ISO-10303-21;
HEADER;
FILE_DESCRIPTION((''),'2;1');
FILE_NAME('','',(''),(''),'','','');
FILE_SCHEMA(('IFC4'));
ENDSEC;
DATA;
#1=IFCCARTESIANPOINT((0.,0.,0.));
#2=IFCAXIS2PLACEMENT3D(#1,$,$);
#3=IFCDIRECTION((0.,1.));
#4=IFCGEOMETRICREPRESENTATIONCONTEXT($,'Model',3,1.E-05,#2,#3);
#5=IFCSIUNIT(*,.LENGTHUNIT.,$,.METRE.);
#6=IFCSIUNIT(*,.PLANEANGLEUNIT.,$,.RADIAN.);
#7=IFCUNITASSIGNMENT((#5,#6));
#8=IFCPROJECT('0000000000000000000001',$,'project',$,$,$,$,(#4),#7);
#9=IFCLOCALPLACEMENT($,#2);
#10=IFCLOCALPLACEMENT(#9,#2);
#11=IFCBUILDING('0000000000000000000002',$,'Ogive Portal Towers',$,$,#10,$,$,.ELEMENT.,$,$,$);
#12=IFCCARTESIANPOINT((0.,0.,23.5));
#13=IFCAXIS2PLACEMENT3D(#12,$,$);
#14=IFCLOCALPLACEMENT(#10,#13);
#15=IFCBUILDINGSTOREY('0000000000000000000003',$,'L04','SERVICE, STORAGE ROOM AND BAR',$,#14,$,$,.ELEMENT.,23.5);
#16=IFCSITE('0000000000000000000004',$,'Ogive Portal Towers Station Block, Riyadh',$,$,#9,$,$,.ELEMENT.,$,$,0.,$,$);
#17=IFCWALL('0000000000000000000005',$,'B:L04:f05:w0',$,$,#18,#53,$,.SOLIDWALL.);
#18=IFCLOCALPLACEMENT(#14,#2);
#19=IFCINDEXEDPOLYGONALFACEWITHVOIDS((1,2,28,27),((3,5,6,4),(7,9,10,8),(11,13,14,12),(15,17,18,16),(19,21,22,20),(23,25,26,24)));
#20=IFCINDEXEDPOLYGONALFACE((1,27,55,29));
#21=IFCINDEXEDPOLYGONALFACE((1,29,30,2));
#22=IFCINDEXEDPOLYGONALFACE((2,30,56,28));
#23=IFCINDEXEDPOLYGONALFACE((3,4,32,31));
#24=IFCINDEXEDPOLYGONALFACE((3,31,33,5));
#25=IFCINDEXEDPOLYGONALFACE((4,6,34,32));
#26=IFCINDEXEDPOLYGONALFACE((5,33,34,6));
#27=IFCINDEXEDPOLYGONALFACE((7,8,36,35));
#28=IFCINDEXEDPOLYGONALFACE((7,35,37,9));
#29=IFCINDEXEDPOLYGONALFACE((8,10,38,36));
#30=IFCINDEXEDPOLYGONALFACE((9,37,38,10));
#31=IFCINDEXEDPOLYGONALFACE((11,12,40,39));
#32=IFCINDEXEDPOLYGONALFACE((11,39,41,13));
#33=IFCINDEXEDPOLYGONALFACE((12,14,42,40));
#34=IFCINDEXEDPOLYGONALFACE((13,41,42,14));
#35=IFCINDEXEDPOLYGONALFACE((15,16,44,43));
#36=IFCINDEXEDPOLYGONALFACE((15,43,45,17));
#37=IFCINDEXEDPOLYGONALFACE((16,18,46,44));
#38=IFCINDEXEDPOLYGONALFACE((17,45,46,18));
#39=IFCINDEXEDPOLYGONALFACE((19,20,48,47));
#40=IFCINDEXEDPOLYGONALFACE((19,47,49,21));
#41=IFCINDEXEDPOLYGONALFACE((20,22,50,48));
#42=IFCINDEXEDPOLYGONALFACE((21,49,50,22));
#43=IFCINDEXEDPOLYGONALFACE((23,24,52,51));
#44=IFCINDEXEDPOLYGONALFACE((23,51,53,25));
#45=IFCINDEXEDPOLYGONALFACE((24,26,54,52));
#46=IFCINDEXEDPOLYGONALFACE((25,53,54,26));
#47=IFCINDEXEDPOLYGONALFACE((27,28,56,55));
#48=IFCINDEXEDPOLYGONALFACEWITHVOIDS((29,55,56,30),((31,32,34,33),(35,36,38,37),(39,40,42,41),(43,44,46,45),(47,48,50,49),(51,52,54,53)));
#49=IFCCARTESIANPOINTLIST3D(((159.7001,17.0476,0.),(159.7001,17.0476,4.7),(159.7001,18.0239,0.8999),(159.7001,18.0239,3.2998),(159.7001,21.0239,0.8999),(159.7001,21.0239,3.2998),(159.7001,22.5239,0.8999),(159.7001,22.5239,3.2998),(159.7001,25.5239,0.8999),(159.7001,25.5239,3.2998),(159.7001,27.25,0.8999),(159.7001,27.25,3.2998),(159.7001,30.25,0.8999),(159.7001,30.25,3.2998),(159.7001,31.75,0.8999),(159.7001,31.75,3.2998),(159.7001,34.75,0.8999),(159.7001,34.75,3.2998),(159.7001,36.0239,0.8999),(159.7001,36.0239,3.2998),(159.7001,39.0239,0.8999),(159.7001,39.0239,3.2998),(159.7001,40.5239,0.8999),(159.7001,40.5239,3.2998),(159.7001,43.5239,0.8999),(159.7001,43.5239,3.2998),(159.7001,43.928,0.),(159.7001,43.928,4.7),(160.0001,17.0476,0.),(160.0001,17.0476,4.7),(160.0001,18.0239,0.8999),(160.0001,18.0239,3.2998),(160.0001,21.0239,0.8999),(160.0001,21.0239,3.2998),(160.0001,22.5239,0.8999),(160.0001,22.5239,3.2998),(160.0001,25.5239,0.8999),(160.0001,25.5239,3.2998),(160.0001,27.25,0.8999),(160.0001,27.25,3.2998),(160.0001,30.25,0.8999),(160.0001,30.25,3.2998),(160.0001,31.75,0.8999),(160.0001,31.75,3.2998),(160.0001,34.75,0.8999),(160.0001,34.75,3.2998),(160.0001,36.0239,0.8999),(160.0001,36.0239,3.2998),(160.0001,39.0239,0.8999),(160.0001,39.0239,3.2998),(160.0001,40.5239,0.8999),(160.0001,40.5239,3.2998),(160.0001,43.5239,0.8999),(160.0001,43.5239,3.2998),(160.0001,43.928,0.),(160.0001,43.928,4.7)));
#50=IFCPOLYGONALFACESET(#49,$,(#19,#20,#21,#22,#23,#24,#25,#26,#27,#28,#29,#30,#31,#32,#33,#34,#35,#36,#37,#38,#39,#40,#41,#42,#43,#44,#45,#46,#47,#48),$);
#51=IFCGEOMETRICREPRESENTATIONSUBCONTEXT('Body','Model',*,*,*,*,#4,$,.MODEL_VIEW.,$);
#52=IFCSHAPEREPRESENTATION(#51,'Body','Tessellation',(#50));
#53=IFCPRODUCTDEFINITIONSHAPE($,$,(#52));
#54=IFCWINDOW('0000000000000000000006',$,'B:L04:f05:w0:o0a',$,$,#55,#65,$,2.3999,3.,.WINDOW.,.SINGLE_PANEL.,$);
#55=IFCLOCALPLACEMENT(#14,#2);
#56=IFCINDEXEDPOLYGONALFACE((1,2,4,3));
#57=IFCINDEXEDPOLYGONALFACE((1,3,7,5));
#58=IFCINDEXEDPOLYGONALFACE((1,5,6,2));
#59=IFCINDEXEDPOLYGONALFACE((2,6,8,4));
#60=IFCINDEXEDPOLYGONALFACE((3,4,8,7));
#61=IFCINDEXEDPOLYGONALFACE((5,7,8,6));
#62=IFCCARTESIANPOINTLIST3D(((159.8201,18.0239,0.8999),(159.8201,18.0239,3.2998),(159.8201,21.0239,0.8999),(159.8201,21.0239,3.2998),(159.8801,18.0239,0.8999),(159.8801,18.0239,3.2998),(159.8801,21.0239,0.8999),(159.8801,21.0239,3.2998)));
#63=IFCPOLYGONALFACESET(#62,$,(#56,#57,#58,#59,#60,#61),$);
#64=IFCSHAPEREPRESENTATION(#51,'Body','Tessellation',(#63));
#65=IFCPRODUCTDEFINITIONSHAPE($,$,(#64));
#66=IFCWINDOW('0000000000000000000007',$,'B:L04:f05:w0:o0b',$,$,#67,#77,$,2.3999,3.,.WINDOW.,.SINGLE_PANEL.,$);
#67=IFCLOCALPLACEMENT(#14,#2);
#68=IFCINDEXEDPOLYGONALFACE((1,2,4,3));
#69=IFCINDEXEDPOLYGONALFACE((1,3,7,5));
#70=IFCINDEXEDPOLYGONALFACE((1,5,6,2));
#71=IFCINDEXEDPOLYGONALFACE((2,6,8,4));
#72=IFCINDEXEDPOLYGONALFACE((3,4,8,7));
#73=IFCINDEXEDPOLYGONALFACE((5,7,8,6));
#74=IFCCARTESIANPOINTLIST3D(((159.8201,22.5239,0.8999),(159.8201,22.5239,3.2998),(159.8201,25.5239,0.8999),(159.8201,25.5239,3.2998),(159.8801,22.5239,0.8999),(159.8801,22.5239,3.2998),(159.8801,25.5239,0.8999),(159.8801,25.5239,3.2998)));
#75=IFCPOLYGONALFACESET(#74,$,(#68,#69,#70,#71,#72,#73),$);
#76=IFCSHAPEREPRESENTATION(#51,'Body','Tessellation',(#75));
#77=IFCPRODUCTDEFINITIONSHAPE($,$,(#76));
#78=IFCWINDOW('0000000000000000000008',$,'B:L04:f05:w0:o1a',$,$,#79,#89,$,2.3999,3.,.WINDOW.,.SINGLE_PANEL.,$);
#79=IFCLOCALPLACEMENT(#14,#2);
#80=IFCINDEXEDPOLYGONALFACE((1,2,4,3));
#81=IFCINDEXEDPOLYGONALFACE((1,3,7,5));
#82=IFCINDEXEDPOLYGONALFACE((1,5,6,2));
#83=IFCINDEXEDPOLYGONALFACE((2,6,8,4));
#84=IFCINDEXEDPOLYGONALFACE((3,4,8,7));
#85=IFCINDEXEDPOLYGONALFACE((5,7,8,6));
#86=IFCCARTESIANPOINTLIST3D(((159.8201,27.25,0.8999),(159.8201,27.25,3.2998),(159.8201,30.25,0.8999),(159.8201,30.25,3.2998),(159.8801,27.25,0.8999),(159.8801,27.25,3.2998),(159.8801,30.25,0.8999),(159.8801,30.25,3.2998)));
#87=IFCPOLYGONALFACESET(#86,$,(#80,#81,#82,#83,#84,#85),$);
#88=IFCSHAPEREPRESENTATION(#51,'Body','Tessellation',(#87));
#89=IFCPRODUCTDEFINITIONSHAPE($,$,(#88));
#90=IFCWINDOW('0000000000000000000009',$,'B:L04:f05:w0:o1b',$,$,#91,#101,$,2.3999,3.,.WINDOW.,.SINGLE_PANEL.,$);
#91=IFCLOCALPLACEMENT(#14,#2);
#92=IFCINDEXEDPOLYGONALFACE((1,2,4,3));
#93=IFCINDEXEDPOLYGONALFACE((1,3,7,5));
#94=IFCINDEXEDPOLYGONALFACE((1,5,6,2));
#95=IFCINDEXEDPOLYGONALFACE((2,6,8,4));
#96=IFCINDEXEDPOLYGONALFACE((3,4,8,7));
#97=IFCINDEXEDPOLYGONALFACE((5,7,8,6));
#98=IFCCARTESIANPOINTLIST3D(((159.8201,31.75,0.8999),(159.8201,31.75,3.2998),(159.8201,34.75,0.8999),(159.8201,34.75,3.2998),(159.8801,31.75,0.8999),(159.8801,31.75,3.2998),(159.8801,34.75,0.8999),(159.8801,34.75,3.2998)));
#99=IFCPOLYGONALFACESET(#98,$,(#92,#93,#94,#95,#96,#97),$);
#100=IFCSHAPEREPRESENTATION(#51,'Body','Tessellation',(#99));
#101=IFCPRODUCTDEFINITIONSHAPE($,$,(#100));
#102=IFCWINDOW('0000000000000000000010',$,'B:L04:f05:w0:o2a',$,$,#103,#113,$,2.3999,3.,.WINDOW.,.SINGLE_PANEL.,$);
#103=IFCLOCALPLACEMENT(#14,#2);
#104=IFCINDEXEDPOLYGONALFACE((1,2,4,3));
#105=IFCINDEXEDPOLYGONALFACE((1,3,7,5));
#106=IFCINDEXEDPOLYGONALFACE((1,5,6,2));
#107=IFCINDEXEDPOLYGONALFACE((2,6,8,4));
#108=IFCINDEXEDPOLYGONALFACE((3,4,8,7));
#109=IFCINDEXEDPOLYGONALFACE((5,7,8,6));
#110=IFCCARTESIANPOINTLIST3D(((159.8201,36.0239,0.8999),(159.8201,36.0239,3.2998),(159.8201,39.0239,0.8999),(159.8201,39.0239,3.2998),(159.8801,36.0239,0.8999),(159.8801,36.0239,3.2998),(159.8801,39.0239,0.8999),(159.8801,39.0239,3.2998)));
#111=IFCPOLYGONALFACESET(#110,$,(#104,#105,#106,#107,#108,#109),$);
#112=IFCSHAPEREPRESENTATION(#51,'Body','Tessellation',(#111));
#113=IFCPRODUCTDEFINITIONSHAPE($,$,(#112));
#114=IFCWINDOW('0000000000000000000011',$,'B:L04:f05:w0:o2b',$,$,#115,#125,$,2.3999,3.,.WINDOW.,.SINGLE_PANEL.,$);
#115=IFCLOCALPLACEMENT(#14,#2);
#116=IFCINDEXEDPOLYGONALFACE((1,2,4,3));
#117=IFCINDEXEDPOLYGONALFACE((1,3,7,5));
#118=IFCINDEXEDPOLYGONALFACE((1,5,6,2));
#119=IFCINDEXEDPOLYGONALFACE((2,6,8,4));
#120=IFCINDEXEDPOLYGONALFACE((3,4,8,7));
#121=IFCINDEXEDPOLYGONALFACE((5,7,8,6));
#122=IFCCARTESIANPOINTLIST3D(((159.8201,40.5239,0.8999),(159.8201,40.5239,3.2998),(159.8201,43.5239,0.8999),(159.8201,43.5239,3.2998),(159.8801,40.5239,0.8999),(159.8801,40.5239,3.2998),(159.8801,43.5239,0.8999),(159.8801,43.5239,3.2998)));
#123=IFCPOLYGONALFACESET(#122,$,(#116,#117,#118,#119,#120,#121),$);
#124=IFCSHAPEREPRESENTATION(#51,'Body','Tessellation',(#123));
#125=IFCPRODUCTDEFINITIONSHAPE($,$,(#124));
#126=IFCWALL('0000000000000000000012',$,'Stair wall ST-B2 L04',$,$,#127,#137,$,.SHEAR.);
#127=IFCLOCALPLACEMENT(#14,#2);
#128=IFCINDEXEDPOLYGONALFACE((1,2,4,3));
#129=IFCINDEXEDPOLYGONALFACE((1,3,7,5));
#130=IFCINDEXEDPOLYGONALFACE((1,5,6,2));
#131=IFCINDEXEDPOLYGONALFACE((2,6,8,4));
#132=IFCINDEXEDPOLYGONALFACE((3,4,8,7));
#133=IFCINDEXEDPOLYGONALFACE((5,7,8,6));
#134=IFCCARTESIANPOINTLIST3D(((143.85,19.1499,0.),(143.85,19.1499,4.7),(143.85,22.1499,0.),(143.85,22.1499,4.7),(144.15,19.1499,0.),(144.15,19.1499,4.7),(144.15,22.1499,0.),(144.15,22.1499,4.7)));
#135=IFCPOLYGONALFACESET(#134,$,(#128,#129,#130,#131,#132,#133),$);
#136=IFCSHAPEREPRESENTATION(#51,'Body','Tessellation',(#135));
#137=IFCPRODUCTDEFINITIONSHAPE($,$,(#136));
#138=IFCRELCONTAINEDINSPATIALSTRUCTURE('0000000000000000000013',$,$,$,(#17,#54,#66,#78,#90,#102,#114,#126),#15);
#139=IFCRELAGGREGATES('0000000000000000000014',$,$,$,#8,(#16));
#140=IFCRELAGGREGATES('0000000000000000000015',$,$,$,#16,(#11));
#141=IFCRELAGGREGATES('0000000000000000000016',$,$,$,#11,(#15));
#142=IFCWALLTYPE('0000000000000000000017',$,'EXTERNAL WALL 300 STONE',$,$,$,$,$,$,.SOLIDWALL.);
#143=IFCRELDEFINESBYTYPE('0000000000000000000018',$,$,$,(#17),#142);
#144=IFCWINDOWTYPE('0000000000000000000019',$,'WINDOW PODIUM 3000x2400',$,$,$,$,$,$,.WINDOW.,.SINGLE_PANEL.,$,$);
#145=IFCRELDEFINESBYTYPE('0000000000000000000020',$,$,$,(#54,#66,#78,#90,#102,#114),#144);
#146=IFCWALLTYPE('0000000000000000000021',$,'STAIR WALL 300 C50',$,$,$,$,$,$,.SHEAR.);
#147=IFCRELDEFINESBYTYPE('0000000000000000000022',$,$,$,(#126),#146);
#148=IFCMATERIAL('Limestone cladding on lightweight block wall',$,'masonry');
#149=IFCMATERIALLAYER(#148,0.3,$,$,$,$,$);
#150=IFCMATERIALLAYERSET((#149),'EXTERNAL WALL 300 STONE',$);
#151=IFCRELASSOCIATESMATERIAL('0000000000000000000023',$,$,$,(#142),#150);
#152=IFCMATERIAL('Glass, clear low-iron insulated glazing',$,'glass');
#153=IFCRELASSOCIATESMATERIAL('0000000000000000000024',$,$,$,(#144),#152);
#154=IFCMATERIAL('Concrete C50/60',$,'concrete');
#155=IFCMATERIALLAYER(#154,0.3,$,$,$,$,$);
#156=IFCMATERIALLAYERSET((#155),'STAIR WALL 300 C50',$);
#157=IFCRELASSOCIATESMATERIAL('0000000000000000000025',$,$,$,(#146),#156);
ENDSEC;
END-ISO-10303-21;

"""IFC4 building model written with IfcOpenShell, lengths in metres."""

from ifc_helpers import new_model, si_unit, direction, frame, frame_2d, origin, place, context, subcontext, project, spatial, rectangle, extrude, material, layer, layer_set, type_object, element, fill, save


model = new_model("IFC4")

# Units and contexts
model_context = context("Model", 3, precision=1e-05, world=origin(), true_north=direction((0.0, 1.0)))
body_context = subcontext(model_context, "Body", "Model", "MODEL_VIEW")
ifc_project = project(units=[si_unit("LENGTHUNIT", "METRE"), si_unit("PLANEANGLEUNIT", "RADIAN")], contexts=[model_context])

# Site, building, storey
site_placement = place(None, origin())
site = spatial("IfcSite", under=ifc_project, at=site_placement, Name="Ogive Portal Towers Station Block, Riyadh", CompositionType="ELEMENT", RefElevation=0.0)
building_placement = place(site_placement, origin())
building = spatial("IfcBuilding", under=site, at=building_placement, Name="Ogive Portal Towers", CompositionType="ELEMENT")
storey_placement = place(building_placement, frame((0.0, 0.0, 23.5)))
storey = spatial("IfcBuildingStorey", under=building, at=storey_placement, Name="L04", Description="SERVICE, STORAGE ROOM AND BAR", CompositionType="ELEMENT", Elevation=23.5)

# Shared definitions
ifc_material_1 = material(Name="Concrete C50/60", Category="concrete")

# Shared definitions
ifc_material_2 = material(Name="Limestone cladding on lightweight block wall", Category="masonry")
ifc_layer_1 = layer(ifc_material_2, 0.3)
ifc_layer_set_1 = layer_set([ifc_layer_1], Name="EXTERNAL WALL 300 STONE")
wall_type_1 = type_object("IfcWallType", Name="EXTERNAL WALL 300 STONE", PredefinedType="SOLIDWALL", material=ifc_layer_set_1)
ifc_material_3 = material(Name="Glass, clear low-iron insulated glazing", Category="glass")
window_type = type_object("IfcWindowType", Name="WINDOW PODIUM 3000x2400", PartitioningType="SINGLE_PANEL", PredefinedType="WINDOW", material=ifc_material_3)

# Wall, openings, windows
wall_1_placement = place(storey_placement, frame((159.8501, 17.0476, 0.0), z_axis=(0.0, 0.0, 1.0), x_axis=(0.0, 1.0, 0.0)))
wall_1 = element("IfcWall", 1, at=wall_1_placement, inside=storey, type_object=wall_type_1, Name="B:L04:f05:w0", PredefinedType="SOLIDWALL", context=body_context, shape_type="SweptSolid", body=[
    extrude(rectangle(XDim=26.8804, YDim=0.3, at=frame_2d((13.4402, 0.0))), origin(), (0.0, 0.0, 1.0), 4.7),
])
opening_1_placement = place(wall_1_placement, frame((0.9763, 0.0, 0.8999)))
opening_1 = element("IfcOpeningElement", 2, at=opening_1_placement, cuts=wall_1, PredefinedType="OPENING", context=body_context, shape_type="SweptSolid", body=[
    extrude(rectangle(XDim=3.0, YDim=2.3999, at=frame_2d((1.5, 1.2))), frame((0.0, 0.1602, 0.0), z_axis=(0.0, -1.0, 0.0), x_axis=(1.0, 0.0, 0.0)), (0.0, 0.0, 1.0), 0.3201),
])
opening_2_placement = place(wall_1_placement, frame((5.4763, 0.0, 0.8999)))
opening_2 = element("IfcOpeningElement", 3, at=opening_2_placement, cuts=wall_1, PredefinedType="OPENING", context=body_context, shape_type="SweptSolid", body=[
    extrude(rectangle(XDim=3.0, YDim=2.3999, at=frame_2d((1.5, 1.2))), frame((0.0, 0.1602, 0.0), z_axis=(0.0, -1.0, 0.0), x_axis=(1.0, 0.0, 0.0)), (0.0, 0.0, 1.0), 0.3201),
])
opening_3_placement = place(wall_1_placement, frame((10.2024, 0.0, 0.8999)))
opening_3 = element("IfcOpeningElement", 4, at=opening_3_placement, cuts=wall_1, PredefinedType="OPENING", context=body_context, shape_type="SweptSolid", body=[
    extrude(rectangle(XDim=3.0, YDim=2.3999, at=frame_2d((1.5, 1.2))), frame((0.0, 0.1602, 0.0), z_axis=(0.0, -1.0, 0.0), x_axis=(1.0, 0.0, 0.0)), (0.0, 0.0, 1.0), 0.3201),
])
opening_4_placement = place(wall_1_placement, frame((14.7024, 0.0, 0.8999)))
opening_4 = element("IfcOpeningElement", 5, at=opening_4_placement, cuts=wall_1, PredefinedType="OPENING", context=body_context, shape_type="SweptSolid", body=[
    extrude(rectangle(XDim=3.0, YDim=2.3999, at=frame_2d((1.5, 1.2))), frame((0.0, 0.1602, 0.0), z_axis=(0.0, -1.0, 0.0), x_axis=(1.0, 0.0, 0.0)), (0.0, 0.0, 1.0), 0.3201),
])
opening_5_placement = place(wall_1_placement, frame((18.9763, 0.0, 0.8999)))
opening_5 = element("IfcOpeningElement", 6, at=opening_5_placement, cuts=wall_1, PredefinedType="OPENING", context=body_context, shape_type="SweptSolid", body=[
    extrude(rectangle(XDim=3.0, YDim=2.3999, at=frame_2d((1.5, 1.2))), frame((0.0, 0.1602, 0.0), z_axis=(0.0, -1.0, 0.0), x_axis=(1.0, 0.0, 0.0)), (0.0, 0.0, 1.0), 0.3201),
])
opening_6_placement = place(wall_1_placement, frame((23.4763, 0.0, 0.8999)))
opening_6 = element("IfcOpeningElement", 7, at=opening_6_placement, cuts=wall_1, PredefinedType="OPENING", context=body_context, shape_type="SweptSolid", body=[
    extrude(rectangle(XDim=3.0, YDim=2.3999, at=frame_2d((1.5, 1.2))), frame((0.0, 0.1602, 0.0), z_axis=(0.0, -1.0, 0.0), x_axis=(1.0, 0.0, 0.0)), (0.0, 0.0, 1.0), 0.3201),
])
window_1_placement = place(opening_1_placement, origin())
window_1 = element("IfcWindow", 8, at=window_1_placement, inside=storey, type_object=window_type, Name="B:L04:f05:w0:o0a", OverallHeight=2.3999, OverallWidth=3.0, PartitioningType="SINGLE_PANEL", PredefinedType="WINDOW", context=body_context, shape_type="SweptSolid", body=[
    extrude(rectangle(XDim=3.0, YDim=2.3999, at=frame_2d((1.5, 1.2))), frame((0.0, 0.03, 0.0), z_axis=(0.0, -1.0, 0.0), x_axis=(1.0, 0.0, 0.0)), (0.0, 0.0, 1.0), 0.0601),
])
fill(opening_1, window_1)
window_2_placement = place(opening_2_placement, origin())
window_2 = element("IfcWindow", 9, at=window_2_placement, inside=storey, type_object=window_type, Name="B:L04:f05:w0:o0b", OverallHeight=2.3999, OverallWidth=3.0, PartitioningType="SINGLE_PANEL", PredefinedType="WINDOW", context=body_context, shape_type="SweptSolid", body=[
    extrude(rectangle(XDim=3.0, YDim=2.3999, at=frame_2d((1.5, 1.2))), frame((0.0, 0.03, 0.0), z_axis=(0.0, -1.0, 0.0), x_axis=(1.0, 0.0, 0.0)), (0.0, 0.0, 1.0), 0.0601),
])
fill(opening_2, window_2)
window_3_placement = place(opening_3_placement, origin())
window_3 = element("IfcWindow", 10, at=window_3_placement, inside=storey, type_object=window_type, Name="B:L04:f05:w0:o1a", OverallHeight=2.3999, OverallWidth=3.0, PartitioningType="SINGLE_PANEL", PredefinedType="WINDOW", context=body_context, shape_type="SweptSolid", body=[
    extrude(rectangle(XDim=3.0, YDim=2.3999, at=frame_2d((1.5, 1.2))), frame((0.0, 0.03, 0.0), z_axis=(0.0, -1.0, 0.0), x_axis=(1.0, 0.0, 0.0)), (0.0, 0.0, 1.0), 0.0601),
])
fill(opening_3, window_3)
window_4_placement = place(opening_4_placement, origin())
window_4 = element("IfcWindow", 11, at=window_4_placement, inside=storey, type_object=window_type, Name="B:L04:f05:w0:o1b", OverallHeight=2.3999, OverallWidth=3.0, PartitioningType="SINGLE_PANEL", PredefinedType="WINDOW", context=body_context, shape_type="SweptSolid", body=[
    extrude(rectangle(XDim=3.0, YDim=2.3999, at=frame_2d((1.5, 1.2))), frame((0.0, 0.03, 0.0), z_axis=(0.0, -1.0, 0.0), x_axis=(1.0, 0.0, 0.0)), (0.0, 0.0, 1.0), 0.0601),
])
fill(opening_4, window_4)
window_5_placement = place(opening_5_placement, origin())
window_5 = element("IfcWindow", 12, at=window_5_placement, inside=storey, type_object=window_type, Name="B:L04:f05:w0:o2a", OverallHeight=2.3999, OverallWidth=3.0, PartitioningType="SINGLE_PANEL", PredefinedType="WINDOW", context=body_context, shape_type="SweptSolid", body=[
    extrude(rectangle(XDim=3.0, YDim=2.3999, at=frame_2d((1.5, 1.2))), frame((0.0, 0.03, 0.0), z_axis=(0.0, -1.0, 0.0), x_axis=(1.0, 0.0, 0.0)), (0.0, 0.0, 1.0), 0.0601),
])
fill(opening_5, window_5)
window_6_placement = place(opening_6_placement, origin())
window_6 = element("IfcWindow", 13, at=window_6_placement, inside=storey, type_object=window_type, Name="B:L04:f05:w0:o2b", OverallHeight=2.3999, OverallWidth=3.0, PartitioningType="SINGLE_PANEL", PredefinedType="WINDOW", context=body_context, shape_type="SweptSolid", body=[
    extrude(rectangle(XDim=3.0, YDim=2.3999, at=frame_2d((1.5, 1.2))), frame((0.0, 0.03, 0.0), z_axis=(0.0, -1.0, 0.0), x_axis=(1.0, 0.0, 0.0)), (0.0, 0.0, 1.0), 0.0601),
])
fill(opening_6, window_6)

# Wall
ifc_layer_2 = layer(ifc_material_1, 0.3)
ifc_layer_set_2 = layer_set([ifc_layer_2], Name="STAIR WALL 300 C50")
wall_type_2 = type_object("IfcWallType", Name="STAIR WALL 300 C50", PredefinedType="SHEAR", material=ifc_layer_set_2)
wall_2_placement = place(storey_placement, frame((144.0, 19.1499, 0.0), z_axis=(0.0, 0.0, 1.0), x_axis=(0.0, 1.0, 0.0)))
element("IfcWall", 14, at=wall_2_placement, inside=storey, type_object=wall_type_2, Name="Stair wall ST-B2 L04", PredefinedType="SHEAR", context=body_context, shape_type="SweptSolid", body=[
    extrude(rectangle(XDim=3.0, YDim=0.3, at=frame_2d((1.5, 0.0))), origin(), (0.0, 0.0, 1.0), 4.7),
])

save(model, "model.ifc")
